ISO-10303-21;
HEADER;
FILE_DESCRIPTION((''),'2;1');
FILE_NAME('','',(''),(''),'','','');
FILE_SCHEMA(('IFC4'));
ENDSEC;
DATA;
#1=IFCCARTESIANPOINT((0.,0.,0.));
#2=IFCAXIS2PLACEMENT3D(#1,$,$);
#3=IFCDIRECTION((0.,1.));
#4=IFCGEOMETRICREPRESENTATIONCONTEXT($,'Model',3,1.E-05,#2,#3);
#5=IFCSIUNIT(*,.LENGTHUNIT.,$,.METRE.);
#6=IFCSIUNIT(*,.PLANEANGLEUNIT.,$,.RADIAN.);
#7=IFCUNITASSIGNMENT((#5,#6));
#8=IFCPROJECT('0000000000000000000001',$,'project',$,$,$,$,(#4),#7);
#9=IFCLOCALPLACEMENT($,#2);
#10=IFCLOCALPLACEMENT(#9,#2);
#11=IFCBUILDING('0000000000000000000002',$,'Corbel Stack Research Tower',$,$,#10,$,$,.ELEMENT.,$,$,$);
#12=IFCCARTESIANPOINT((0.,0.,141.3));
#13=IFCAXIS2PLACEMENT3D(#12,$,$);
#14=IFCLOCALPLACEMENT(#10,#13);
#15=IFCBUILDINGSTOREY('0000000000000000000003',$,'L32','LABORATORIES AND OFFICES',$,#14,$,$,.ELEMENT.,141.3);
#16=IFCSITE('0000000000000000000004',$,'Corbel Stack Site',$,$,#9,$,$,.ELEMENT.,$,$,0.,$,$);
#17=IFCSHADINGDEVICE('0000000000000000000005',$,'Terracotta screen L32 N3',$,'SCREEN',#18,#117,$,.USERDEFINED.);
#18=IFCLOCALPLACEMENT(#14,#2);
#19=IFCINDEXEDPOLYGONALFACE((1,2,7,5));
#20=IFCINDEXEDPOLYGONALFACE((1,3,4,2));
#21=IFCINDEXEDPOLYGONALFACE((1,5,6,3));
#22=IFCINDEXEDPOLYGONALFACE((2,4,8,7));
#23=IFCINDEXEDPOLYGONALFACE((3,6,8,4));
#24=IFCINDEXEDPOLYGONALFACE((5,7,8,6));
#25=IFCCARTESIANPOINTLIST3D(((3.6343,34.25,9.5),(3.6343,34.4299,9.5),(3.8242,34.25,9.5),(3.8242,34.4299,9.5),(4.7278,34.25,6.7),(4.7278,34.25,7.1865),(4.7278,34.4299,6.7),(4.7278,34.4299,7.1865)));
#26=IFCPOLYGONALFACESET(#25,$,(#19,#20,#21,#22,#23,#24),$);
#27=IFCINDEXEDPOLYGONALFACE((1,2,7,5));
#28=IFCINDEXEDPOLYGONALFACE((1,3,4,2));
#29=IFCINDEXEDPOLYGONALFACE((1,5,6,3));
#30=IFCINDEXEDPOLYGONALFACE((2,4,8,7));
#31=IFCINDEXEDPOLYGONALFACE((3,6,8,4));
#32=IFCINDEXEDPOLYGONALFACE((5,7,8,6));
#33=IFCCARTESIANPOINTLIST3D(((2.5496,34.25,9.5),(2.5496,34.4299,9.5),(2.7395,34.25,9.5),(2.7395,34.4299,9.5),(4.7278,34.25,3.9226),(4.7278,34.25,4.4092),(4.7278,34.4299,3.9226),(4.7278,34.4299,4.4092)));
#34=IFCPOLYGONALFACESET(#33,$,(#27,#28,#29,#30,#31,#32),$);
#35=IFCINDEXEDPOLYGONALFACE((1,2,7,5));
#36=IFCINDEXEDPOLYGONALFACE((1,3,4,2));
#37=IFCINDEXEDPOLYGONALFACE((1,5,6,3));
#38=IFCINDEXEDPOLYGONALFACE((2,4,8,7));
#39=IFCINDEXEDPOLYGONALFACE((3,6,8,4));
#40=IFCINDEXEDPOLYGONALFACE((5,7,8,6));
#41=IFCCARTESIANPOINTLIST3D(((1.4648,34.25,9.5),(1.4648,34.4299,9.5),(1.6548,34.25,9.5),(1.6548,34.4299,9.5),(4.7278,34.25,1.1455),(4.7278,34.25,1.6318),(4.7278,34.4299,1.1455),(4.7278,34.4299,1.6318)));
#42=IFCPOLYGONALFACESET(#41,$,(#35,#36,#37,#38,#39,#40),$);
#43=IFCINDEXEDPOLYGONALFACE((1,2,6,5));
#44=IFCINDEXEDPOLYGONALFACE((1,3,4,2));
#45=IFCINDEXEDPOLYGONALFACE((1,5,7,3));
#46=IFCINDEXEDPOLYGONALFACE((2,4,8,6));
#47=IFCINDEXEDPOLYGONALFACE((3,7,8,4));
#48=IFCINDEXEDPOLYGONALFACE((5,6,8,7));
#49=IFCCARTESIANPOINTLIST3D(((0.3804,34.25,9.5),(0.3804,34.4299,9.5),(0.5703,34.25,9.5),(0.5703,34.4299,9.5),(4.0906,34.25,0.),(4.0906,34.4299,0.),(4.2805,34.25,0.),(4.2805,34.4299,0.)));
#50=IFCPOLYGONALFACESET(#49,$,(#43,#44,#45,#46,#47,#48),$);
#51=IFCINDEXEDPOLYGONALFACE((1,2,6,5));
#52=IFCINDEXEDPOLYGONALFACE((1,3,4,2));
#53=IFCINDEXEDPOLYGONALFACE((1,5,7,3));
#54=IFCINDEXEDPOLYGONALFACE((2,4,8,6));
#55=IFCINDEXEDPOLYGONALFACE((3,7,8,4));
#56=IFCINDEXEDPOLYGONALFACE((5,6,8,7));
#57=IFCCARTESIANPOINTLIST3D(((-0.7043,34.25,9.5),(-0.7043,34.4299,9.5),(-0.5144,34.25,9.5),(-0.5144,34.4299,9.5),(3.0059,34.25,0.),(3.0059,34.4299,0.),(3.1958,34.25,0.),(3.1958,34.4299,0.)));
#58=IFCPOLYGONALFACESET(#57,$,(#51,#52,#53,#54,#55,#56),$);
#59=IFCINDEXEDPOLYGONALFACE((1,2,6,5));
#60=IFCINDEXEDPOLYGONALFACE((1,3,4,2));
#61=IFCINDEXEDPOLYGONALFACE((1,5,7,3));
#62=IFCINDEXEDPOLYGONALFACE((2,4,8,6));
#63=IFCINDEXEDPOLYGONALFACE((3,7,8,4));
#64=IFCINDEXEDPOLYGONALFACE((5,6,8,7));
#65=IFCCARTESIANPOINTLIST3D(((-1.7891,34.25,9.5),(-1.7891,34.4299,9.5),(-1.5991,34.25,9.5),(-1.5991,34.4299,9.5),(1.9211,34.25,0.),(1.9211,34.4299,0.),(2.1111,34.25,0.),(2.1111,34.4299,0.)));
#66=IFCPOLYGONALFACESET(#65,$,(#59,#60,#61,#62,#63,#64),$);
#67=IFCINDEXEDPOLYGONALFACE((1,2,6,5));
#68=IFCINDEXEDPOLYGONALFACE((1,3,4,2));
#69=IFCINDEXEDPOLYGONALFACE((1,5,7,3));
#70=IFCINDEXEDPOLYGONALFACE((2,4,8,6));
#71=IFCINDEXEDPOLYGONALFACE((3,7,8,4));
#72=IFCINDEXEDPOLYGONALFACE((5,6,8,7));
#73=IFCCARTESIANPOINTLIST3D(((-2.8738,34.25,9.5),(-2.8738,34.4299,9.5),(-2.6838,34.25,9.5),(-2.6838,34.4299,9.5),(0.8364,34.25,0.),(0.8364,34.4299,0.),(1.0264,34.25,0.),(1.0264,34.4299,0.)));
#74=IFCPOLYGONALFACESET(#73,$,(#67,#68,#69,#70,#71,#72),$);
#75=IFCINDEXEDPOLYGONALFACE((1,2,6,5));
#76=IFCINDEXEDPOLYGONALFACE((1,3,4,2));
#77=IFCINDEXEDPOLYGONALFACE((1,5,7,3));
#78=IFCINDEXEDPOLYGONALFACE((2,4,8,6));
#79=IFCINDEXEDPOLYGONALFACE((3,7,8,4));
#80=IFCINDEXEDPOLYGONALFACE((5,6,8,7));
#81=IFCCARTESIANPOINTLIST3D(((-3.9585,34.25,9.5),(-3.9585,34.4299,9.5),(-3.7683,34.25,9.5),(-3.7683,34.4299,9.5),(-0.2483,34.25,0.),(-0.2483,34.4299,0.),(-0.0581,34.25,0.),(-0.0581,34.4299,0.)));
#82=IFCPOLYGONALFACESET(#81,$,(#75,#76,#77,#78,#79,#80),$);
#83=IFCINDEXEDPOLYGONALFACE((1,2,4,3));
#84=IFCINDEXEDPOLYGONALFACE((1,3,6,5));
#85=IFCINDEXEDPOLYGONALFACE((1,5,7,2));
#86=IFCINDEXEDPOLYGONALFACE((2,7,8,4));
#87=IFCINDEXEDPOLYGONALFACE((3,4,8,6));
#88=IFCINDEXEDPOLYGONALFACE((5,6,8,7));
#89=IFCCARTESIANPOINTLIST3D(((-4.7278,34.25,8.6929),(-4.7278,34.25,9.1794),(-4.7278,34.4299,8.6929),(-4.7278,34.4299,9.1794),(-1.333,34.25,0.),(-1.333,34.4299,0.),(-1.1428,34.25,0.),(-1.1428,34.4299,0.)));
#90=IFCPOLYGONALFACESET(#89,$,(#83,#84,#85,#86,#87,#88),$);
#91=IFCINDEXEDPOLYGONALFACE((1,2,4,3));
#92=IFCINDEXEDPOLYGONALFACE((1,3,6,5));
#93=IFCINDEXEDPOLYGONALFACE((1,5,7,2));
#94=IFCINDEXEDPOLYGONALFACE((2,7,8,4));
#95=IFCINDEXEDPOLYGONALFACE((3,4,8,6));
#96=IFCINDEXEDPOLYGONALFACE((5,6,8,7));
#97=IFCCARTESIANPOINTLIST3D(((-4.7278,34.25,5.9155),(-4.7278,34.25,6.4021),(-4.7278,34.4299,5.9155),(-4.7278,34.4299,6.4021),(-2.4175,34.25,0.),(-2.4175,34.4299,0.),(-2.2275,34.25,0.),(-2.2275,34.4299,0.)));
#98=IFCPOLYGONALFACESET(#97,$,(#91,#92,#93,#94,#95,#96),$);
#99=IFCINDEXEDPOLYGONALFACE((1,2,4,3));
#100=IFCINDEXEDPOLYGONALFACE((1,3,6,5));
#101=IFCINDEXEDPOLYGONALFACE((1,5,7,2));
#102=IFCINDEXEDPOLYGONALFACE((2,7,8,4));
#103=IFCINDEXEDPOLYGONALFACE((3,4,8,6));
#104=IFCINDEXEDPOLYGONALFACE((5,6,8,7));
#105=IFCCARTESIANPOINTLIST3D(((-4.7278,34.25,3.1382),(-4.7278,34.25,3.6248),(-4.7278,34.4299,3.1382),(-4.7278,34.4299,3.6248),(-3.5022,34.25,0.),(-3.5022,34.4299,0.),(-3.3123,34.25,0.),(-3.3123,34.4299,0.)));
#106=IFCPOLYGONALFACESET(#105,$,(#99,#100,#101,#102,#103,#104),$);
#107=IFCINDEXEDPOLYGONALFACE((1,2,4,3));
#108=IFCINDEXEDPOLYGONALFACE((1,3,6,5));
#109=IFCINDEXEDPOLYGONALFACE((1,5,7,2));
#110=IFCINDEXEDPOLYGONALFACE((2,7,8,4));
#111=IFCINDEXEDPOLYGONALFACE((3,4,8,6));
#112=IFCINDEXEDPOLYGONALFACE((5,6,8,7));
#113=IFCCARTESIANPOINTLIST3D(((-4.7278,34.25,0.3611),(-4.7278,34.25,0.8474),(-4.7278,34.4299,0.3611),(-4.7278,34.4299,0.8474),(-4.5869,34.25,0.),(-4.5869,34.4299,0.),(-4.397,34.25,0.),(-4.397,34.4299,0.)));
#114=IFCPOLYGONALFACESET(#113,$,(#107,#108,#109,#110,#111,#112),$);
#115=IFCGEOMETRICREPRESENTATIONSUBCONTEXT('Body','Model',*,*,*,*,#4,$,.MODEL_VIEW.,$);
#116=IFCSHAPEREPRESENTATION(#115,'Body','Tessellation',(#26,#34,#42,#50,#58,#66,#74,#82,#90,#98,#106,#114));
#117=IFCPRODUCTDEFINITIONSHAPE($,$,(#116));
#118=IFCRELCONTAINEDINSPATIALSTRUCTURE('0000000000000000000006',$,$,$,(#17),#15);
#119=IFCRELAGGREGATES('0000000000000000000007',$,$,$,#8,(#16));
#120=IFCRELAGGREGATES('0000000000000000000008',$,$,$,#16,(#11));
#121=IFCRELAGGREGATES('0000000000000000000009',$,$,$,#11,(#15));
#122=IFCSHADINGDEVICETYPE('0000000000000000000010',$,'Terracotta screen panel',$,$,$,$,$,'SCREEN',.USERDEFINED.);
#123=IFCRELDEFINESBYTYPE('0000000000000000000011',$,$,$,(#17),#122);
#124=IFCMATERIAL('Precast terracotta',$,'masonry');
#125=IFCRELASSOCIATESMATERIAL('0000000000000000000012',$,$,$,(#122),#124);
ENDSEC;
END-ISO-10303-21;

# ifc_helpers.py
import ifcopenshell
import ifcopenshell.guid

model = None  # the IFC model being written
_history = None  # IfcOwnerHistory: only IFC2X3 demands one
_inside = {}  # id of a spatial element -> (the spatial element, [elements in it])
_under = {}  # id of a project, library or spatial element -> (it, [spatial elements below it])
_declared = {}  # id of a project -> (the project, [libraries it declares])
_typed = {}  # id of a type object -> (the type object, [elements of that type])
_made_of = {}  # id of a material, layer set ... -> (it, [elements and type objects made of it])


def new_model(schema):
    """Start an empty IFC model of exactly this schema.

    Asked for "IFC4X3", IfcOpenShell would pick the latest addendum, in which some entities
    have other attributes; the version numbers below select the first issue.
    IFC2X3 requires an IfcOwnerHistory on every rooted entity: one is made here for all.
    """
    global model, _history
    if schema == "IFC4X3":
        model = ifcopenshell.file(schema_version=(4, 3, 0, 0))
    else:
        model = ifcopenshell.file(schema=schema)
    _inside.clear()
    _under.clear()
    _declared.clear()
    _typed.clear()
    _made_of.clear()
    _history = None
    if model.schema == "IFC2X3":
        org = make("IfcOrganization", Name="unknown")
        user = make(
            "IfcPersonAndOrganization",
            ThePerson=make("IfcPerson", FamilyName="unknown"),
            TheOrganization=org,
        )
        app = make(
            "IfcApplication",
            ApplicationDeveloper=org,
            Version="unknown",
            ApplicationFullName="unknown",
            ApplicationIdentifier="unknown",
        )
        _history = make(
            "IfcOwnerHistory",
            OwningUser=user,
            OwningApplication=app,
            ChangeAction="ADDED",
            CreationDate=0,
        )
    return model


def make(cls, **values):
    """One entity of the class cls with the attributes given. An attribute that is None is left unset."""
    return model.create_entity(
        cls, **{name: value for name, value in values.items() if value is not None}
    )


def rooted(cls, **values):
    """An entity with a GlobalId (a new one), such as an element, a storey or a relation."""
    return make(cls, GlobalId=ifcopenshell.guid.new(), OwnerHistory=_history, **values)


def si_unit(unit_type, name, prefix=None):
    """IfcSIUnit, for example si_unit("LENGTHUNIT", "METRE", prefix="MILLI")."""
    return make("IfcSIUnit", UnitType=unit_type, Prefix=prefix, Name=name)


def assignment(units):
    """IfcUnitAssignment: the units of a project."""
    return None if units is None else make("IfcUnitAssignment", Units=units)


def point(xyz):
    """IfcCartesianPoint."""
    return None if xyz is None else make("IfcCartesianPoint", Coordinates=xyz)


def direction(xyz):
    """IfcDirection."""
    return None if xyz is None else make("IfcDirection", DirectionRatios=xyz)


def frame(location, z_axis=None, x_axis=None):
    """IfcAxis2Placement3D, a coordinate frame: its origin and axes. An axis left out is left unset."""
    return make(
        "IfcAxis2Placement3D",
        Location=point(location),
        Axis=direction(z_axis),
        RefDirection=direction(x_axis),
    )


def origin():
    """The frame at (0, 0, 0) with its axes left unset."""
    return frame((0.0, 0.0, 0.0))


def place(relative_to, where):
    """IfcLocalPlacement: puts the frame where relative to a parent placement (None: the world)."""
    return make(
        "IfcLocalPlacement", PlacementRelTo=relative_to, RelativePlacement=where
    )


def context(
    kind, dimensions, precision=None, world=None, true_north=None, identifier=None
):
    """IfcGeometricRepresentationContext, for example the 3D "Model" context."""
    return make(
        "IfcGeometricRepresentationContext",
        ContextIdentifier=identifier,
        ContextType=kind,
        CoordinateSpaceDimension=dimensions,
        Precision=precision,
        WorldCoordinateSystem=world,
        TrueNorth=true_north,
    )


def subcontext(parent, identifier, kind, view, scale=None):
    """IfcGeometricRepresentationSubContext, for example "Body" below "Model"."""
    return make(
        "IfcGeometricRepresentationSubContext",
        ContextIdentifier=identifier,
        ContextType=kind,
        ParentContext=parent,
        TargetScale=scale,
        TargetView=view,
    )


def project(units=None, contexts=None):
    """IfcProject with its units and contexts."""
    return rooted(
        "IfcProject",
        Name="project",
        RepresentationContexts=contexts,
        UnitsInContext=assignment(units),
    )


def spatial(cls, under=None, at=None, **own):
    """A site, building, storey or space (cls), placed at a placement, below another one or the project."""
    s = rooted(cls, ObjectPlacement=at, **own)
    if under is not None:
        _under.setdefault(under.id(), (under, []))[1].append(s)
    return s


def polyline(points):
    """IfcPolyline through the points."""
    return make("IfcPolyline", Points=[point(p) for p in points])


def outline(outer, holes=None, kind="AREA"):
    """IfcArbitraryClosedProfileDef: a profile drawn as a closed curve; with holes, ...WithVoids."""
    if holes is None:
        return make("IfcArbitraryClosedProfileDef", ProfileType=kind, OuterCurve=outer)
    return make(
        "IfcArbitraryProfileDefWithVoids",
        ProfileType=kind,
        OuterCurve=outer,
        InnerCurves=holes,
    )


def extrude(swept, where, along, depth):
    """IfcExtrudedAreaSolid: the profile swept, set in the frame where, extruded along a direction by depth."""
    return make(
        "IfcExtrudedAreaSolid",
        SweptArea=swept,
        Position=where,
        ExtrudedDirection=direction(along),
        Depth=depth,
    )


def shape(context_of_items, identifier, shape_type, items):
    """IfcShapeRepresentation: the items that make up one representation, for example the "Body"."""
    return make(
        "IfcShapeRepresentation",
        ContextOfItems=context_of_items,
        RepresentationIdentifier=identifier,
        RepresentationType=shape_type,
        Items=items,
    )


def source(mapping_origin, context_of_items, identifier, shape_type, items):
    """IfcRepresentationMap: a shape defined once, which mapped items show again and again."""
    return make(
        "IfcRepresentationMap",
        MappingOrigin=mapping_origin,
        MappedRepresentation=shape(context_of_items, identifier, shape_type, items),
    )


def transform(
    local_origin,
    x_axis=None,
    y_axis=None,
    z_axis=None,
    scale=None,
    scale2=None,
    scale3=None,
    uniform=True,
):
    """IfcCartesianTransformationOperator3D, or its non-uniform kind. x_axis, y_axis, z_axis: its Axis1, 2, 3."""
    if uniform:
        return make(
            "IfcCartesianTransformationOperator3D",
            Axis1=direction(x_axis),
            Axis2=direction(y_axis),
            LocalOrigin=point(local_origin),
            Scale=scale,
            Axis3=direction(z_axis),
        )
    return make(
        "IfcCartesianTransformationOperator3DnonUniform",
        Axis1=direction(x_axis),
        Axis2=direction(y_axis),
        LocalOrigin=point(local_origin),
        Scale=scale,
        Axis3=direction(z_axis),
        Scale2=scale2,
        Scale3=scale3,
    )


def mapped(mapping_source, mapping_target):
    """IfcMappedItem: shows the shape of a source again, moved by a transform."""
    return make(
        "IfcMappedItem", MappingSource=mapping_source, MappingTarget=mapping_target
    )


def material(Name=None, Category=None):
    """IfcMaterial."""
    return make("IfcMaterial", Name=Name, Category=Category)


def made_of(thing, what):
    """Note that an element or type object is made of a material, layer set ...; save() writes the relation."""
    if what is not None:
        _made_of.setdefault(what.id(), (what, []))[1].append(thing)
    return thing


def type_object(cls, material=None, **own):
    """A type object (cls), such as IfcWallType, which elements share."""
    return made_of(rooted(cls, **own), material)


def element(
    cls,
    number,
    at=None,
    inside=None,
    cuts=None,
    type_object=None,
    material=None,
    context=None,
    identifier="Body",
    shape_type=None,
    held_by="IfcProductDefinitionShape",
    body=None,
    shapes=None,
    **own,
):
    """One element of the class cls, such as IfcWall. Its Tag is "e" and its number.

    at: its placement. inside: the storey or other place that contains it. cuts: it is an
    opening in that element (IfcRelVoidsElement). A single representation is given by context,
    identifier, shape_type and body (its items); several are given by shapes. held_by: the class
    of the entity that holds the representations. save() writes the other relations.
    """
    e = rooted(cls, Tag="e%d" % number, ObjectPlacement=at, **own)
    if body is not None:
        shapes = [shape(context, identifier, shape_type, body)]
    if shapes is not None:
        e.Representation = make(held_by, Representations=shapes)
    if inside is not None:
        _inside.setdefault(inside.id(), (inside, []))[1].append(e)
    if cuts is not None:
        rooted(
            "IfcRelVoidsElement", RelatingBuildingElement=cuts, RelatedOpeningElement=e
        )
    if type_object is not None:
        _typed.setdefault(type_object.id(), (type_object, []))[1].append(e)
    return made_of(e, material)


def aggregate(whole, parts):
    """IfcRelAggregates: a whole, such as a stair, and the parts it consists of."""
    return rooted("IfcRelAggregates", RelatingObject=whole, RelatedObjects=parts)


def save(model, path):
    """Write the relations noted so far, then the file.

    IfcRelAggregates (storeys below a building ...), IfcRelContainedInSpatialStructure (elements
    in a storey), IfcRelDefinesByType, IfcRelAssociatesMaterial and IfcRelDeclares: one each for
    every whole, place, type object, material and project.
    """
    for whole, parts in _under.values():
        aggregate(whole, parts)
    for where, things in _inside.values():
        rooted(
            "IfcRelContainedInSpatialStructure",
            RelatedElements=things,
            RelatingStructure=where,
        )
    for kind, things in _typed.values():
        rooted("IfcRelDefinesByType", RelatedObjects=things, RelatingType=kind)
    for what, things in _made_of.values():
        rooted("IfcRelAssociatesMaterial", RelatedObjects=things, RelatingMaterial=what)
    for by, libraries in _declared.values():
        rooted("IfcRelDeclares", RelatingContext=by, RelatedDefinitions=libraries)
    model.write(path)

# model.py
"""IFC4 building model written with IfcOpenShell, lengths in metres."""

from ifc_helpers import new_model, si_unit, direction, frame, origin, place, context, subcontext, project, spatial, polyline, outline, extrude, source, transform, mapped, material, type_object, element, save


model = new_model("IFC4")

# Units and contexts
model_context = context("Model", 3, precision=1e-05, world=origin(), true_north=direction((0.0, 1.0)))
body_context = subcontext(model_context, "Body", "Model", "MODEL_VIEW")
ifc_project = project(units=[si_unit("LENGTHUNIT", "METRE"), si_unit("PLANEANGLEUNIT", "RADIAN")], contexts=[model_context])

# Site, building, storey
site_placement = place(None, origin())
site = spatial("IfcSite", under=ifc_project, at=site_placement, Name="Corbel Stack Site", CompositionType="ELEMENT", RefElevation=0.0)
building_placement = place(site_placement, origin())
building = spatial("IfcBuilding", under=site, at=building_placement, Name="Corbel Stack Research Tower", CompositionType="ELEMENT")
storey_placement = place(building_placement, frame((0.0, 0.0, 141.3)))
storey = spatial("IfcBuildingStorey", under=building, at=storey_placement, Name="L32", Description="LABORATORIES AND OFFICES", CompositionType="ELEMENT", Elevation=141.3)

# Shading device
ifc_material_1 = material(Name="Precast terracotta", Category="masonry")
shading_device_type = type_object("IfcShadingDeviceType", Name="Terracotta screen panel", ElementType="SCREEN", PredefinedType="USERDEFINED", material=ifc_material_1)
shared_shape_1 = source(origin(), body_context, "Body", "SweptSolid", [
    extrude(outline(polyline([(1.0935, 9.5), (0.9036, 9.5), (0.0, 7.1865), (0.0, 6.7), (1.0935, 9.5)])), frame((0.0, 0.0, 0.0), z_axis=(0.0, -1.0, 0.0), x_axis=(1.0, 0.0, 0.0)), (0.0, 0.0, 1.0), 0.1799),
    extrude(outline(polyline([(2.1782, 9.5), (1.9883, 9.5), (0.0, 4.4092), (0.0, 3.9226), (2.1782, 9.5)])), frame((0.0, 0.0, 0.0), z_axis=(0.0, -1.0, 0.0), x_axis=(1.0, 0.0, 0.0)), (0.0, 0.0, 1.0), 0.1799),
    extrude(outline(polyline([(3.2629, 9.5), (3.073, 9.5), (0.0, 1.6318), (0.0, 1.1455), (3.2629, 9.5)])), frame((0.0, 0.0, 0.0), z_axis=(0.0, -1.0, 0.0), x_axis=(1.0, 0.0, 0.0)), (0.0, 0.0, 1.0), 0.1799),
    extrude(outline(polyline([(0.6372, 0.0), (4.3474, 9.5), (4.1575, 9.5), (0.4473, 0.0), (0.6372, 0.0)])), frame((0.0, 0.0, 0.0), z_axis=(0.0, -1.0, 0.0), x_axis=(1.0, 0.0, 0.0)), (0.0, 0.0, 1.0), 0.1799),
    extrude(outline(polyline([(1.7219, 0.0), (5.4321, 9.5), (5.2422, 9.5), (1.532, 0.0), (1.7219, 0.0)])), frame((0.0, 0.0, 0.0), z_axis=(0.0, -1.0, 0.0), x_axis=(1.0, 0.0, 0.0)), (0.0, 0.0, 1.0), 0.1799),
    extrude(outline(polyline([(2.8066, 0.0), (6.5168, 9.5), (6.3269, 9.5), (2.6167, 0.0), (2.8066, 0.0)])), frame((0.0, 0.0, 0.0), z_axis=(0.0, -1.0, 0.0), x_axis=(1.0, 0.0, 0.0)), (0.0, 0.0, 1.0), 0.1799),
    extrude(outline(polyline([(3.8914, 0.0), (7.6016, 9.5), (7.4116, 9.5), (3.7014, 0.0), (3.8914, 0.0)])), frame((0.0, 0.0, 0.0), z_axis=(0.0, -1.0, 0.0), x_axis=(1.0, 0.0, 0.0)), (0.0, 0.0, 1.0), 0.1799),
    extrude(outline(polyline([(4.9761, 0.0), (8.6863, 9.5), (8.4961, 9.5), (4.7859, 0.0), (4.9761, 0.0)])), frame((0.0, 0.0, 0.0), z_axis=(0.0, -1.0, 0.0), x_axis=(1.0, 0.0, 0.0)), (0.0, 0.0, 1.0), 0.1799),
    extrude(outline(polyline([(6.0608, 0.0), (9.4556, 8.6929), (9.4556, 9.1794), (5.8706, 0.0), (6.0608, 0.0)])), frame((0.0, 0.0, 0.0), z_axis=(0.0, -1.0, 0.0), x_axis=(1.0, 0.0, 0.0)), (0.0, 0.0, 1.0), 0.1799),
    extrude(outline(polyline([(7.1453, 0.0), (9.4556, 5.9155), (9.4556, 6.4021), (6.9553, 0.0), (7.1453, 0.0)])), frame((0.0, 0.0, 0.0), z_axis=(0.0, -1.0, 0.0), x_axis=(1.0, 0.0, 0.0)), (0.0, 0.0, 1.0), 0.1799),
    extrude(outline(polyline([(8.23, 0.0), (9.4556, 3.1382), (9.4556, 3.6248), (8.04, 0.0), (8.23, 0.0)])), frame((0.0, 0.0, 0.0), z_axis=(0.0, -1.0, 0.0), x_axis=(1.0, 0.0, 0.0)), (0.0, 0.0, 1.0), 0.1799),
    extrude(outline(polyline([(9.3147, 0.0), (9.4556, 0.3611), (9.4556, 0.8474), (9.1248, 0.0), (9.3147, 0.0)])), frame((0.0, 0.0, 0.0), z_axis=(0.0, -1.0, 0.0), x_axis=(1.0, 0.0, 0.0)), (0.0, 0.0, 1.0), 0.1799),
])
shading_device_1_placement = place(storey_placement, frame((4.7278, 34.25, 0.0), z_axis=(0.0, 0.0, 1.0), x_axis=(-1.0, 0.0, 0.0)))
element("IfcShadingDevice", 1, at=shading_device_1_placement, inside=storey, type_object=shading_device_type, Name="Terracotta screen L32 N3", ObjectType="SCREEN", PredefinedType="USERDEFINED", context=body_context, shape_type="MappedRepresentation", body=[
    mapped(shared_shape_1, transform((0.0, 0.0, 0.0))),
])

save(model, "model.ifc")
